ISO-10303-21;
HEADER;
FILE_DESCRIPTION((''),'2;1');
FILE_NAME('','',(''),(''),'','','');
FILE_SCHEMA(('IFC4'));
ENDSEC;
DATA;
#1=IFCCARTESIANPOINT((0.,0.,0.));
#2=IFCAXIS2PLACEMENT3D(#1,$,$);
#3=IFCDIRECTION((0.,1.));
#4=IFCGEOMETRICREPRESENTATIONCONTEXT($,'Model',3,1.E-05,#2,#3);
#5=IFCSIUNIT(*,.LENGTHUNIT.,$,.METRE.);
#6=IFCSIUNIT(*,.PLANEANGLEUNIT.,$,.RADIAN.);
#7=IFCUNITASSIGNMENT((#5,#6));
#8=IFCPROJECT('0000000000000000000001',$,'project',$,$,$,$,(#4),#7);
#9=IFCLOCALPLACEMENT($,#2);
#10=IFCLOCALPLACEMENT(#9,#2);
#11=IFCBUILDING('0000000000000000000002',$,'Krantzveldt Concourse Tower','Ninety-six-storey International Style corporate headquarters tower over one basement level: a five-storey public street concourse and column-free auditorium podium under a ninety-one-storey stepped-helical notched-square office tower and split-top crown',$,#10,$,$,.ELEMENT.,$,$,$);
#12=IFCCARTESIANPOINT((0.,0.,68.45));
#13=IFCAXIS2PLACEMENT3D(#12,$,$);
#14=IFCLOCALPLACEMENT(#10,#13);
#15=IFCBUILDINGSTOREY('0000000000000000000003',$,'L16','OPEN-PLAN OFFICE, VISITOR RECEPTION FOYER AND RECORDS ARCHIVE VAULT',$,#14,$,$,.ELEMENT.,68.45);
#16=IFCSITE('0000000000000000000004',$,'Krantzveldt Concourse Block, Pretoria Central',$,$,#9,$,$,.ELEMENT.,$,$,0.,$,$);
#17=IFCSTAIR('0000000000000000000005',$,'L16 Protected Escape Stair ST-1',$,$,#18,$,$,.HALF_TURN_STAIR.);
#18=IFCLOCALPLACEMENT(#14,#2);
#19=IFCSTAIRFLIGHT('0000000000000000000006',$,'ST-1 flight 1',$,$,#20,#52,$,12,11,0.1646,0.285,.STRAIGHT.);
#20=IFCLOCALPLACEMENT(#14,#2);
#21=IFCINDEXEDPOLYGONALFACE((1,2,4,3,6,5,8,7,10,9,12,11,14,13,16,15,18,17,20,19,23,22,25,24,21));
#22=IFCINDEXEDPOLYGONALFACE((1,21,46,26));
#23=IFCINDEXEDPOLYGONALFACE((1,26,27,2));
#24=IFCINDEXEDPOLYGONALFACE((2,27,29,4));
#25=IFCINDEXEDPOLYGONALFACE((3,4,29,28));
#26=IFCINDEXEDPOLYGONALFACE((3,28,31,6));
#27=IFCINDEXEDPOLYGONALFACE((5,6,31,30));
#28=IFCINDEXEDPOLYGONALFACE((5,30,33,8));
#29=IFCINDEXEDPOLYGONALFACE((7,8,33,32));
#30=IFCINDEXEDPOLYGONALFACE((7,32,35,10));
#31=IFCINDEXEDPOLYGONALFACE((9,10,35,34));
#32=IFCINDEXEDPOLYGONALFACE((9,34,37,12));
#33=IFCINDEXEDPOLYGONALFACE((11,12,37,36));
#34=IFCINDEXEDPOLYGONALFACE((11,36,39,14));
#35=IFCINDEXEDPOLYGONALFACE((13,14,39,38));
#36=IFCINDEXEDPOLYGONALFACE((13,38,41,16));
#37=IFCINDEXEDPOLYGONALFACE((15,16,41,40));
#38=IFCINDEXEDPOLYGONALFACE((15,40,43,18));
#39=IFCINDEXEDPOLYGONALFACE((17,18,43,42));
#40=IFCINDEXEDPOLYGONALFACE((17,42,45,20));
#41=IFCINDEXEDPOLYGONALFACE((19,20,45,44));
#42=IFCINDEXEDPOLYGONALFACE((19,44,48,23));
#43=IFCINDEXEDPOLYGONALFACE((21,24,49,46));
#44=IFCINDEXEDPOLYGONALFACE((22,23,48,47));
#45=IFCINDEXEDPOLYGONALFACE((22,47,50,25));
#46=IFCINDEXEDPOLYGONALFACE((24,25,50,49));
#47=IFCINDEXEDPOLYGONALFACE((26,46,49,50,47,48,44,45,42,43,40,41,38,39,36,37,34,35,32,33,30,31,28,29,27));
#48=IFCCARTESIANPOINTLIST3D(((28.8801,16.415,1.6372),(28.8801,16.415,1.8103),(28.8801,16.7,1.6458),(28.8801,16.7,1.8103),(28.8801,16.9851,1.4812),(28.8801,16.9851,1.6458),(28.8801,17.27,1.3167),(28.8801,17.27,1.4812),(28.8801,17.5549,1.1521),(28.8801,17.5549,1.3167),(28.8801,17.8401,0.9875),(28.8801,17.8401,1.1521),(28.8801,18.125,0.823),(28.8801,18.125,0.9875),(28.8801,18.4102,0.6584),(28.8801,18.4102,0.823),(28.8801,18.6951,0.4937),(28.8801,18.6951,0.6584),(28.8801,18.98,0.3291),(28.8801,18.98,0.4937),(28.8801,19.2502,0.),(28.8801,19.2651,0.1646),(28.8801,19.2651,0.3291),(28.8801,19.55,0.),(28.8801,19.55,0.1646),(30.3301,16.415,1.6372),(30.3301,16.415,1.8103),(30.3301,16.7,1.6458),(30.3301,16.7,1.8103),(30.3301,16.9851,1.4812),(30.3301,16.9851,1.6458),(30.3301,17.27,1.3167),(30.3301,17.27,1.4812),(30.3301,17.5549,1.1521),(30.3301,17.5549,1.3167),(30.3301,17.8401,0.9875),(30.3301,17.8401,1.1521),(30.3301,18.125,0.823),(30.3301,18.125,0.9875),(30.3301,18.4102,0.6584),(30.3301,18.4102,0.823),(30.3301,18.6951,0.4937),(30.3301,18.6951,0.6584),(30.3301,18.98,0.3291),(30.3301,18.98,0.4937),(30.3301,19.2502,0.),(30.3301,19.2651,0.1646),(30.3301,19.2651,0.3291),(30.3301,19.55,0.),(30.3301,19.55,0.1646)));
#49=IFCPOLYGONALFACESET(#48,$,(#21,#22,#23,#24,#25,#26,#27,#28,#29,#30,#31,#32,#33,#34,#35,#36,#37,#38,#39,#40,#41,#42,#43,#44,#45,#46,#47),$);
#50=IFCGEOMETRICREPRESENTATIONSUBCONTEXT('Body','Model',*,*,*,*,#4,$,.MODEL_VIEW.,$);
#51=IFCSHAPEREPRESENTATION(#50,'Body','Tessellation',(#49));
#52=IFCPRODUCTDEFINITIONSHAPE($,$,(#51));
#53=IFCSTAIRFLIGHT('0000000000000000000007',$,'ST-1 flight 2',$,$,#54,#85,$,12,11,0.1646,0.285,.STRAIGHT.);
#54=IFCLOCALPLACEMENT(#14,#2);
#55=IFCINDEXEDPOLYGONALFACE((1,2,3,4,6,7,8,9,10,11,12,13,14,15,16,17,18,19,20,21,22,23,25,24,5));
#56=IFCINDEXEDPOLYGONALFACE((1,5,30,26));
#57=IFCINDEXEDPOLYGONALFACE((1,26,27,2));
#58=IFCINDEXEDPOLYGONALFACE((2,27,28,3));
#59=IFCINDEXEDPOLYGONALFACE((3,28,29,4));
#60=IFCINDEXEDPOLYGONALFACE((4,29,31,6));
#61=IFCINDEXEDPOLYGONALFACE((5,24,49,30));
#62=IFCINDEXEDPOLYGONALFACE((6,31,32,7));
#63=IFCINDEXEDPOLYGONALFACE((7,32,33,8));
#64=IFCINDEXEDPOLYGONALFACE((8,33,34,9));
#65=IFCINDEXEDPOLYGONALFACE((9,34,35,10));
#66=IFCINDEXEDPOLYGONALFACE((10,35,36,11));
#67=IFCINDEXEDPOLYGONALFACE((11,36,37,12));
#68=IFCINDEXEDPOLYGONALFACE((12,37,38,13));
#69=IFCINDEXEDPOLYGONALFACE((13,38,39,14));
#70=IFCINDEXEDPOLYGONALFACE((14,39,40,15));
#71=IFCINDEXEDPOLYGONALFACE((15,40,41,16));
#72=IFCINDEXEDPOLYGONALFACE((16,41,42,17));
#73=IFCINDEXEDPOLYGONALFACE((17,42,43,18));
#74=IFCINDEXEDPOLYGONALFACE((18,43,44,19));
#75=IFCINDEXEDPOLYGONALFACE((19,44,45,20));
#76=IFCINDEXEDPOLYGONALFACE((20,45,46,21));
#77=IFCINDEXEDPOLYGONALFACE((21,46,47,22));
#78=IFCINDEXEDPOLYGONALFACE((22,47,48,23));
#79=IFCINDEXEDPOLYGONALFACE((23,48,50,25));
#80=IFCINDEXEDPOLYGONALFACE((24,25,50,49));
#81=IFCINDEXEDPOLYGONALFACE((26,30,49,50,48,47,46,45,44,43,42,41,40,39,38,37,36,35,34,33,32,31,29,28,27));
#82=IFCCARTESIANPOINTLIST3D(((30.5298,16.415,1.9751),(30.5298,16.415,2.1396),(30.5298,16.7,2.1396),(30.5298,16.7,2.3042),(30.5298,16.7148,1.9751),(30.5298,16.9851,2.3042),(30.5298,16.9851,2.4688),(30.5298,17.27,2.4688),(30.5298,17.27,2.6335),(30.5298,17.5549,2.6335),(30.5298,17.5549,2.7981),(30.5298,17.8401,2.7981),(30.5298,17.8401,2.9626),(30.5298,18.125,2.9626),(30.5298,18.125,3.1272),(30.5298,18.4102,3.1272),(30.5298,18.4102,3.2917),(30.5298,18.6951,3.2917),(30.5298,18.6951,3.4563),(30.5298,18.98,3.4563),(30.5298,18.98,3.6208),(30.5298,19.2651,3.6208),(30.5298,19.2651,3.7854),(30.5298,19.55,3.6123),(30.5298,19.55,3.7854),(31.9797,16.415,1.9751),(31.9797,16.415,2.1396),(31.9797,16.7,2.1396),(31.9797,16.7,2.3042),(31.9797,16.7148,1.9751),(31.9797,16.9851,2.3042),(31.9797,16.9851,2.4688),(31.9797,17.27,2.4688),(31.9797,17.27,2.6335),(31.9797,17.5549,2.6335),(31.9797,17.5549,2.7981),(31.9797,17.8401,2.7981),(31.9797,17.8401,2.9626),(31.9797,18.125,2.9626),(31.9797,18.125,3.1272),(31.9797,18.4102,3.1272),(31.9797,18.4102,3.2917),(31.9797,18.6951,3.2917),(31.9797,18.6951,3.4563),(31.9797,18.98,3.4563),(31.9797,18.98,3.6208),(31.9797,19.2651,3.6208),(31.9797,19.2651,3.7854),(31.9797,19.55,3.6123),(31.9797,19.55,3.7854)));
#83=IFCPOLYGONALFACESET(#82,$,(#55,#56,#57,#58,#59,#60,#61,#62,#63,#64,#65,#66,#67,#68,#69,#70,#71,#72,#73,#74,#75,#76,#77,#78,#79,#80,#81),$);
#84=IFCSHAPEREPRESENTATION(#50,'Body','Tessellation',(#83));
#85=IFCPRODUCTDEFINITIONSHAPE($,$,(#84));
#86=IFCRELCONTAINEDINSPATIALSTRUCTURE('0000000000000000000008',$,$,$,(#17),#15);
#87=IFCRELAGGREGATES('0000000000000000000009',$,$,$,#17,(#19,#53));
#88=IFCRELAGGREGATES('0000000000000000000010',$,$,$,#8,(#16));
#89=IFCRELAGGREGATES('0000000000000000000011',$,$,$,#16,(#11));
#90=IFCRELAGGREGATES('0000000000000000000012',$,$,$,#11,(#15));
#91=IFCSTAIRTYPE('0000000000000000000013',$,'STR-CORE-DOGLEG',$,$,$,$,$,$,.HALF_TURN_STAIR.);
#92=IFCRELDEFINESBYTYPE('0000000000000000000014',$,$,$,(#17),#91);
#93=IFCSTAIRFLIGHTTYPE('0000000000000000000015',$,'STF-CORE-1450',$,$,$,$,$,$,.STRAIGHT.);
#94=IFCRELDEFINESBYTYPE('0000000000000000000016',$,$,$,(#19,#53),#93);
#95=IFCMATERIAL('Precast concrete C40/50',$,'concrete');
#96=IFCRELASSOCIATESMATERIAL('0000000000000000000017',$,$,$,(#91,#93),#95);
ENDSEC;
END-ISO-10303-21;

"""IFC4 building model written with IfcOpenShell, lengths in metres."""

from ifc_helpers import new_model, si_unit, direction, frame, origin, place, context, subcontext, project, spatial, polyline, outline, extrude, material, type_object, element, aggregate, save


model = new_model("IFC4")

# Units and contexts
model_context = context("Model", 3, precision=1e-05, world=origin(), true_north=direction((0.0, 1.0)))
body_context = subcontext(model_context, "Body", "Model", "MODEL_VIEW")
ifc_project = project(units=[si_unit("LENGTHUNIT", "METRE"), si_unit("PLANEANGLEUNIT", "RADIAN")], contexts=[model_context])

# Site, building, storey
site_placement = place(None, origin())
site = spatial("IfcSite", under=ifc_project, at=site_placement, Name="Krantzveldt Concourse Block, Pretoria Central", CompositionType="ELEMENT", RefElevation=0.0)
building_placement = place(site_placement, origin())
building = spatial("IfcBuilding", under=site, at=building_placement, Name="Krantzveldt Concourse Tower", Description="Ninety-six-storey International Style corporate headquarters tower over one basement level: a five-storey public street concourse and column-free auditorium podium under a ninety-one-storey stepped-helical notched-square office tower and split-top crown", CompositionType="ELEMENT")
storey_placement = place(building_placement, frame((0.0, 0.0, 68.45)))
storey = spatial("IfcBuildingStorey", under=building, at=storey_placement, Name="L16", Description="OPEN-PLAN OFFICE, VISITOR RECEPTION FOYER AND RECORDS ARCHIVE VAULT", CompositionType="ELEMENT", Elevation=68.45)

# Stair, stair flights
ifc_material_1 = material(Name="Precast concrete C40/50", Category="concrete")
stair_type = type_object("IfcStairType", Name="STR-CORE-DOGLEG", PredefinedType="HALF_TURN_STAIR", material=ifc_material_1)
stair_placement = place(storey_placement, origin())
stair = element("IfcStair", 1, at=stair_placement, inside=storey, type_object=stair_type, Name="L16 Protected Escape Stair ST-1", PredefinedType="HALF_TURN_STAIR")
stair_flight_type = type_object("IfcStairFlightType", Name="STF-CORE-1450", PredefinedType="STRAIGHT", material=ifc_material_1)
stair_flight_1_placement = place(storey_placement, frame((29.605, 19.55, 0.0), z_axis=(0.0, 0.0, 1.0), x_axis=(0.0, -1.0, 0.0)))
stair_flight_1 = element("IfcStairFlight", 2, at=stair_flight_1_placement, type_object=stair_flight_type, Name="ST-1 flight 1", NumberOfRisers=12, NumberOfTreads=11, PredefinedType="STRAIGHT", RiserHeight=0.1646, TreadLength=0.285, context=body_context, shape_type="SweptSolid", body=[
    extrude(outline(polyline([(0.0, 0.0), (0.0, 0.1646), (0.2849, 0.1646), (0.2849, 0.3291), (0.5701, 0.3291), (0.5701, 0.4937), (0.855, 0.4937), (0.855, 0.6584), (1.1399, 0.6584), (1.1399, 0.823), (1.425, 0.823), (1.425, 0.9875), (1.71, 0.9875), (1.71, 1.1521), (1.9951, 1.1521), (1.9951, 1.3167), (2.28, 1.3167), (2.28, 1.4812), (2.5649, 1.4812), (2.5649, 1.6458), (2.8501, 1.6458), (2.8501, 1.8103), (3.135, 1.8103), (3.135, 1.9751), (3.135, 1.6372), (0.2998, 0.0), (0.0, 0.0)])), frame((0.0, 0.7251, 0.0), z_axis=(0.0, -1.0, 0.0), x_axis=(1.0, 0.0, 0.0)), (0.0, 0.0, 1.0), 1.45),
])
stair_flight_2_placement = place(storey_placement, frame((31.2549, 16.415, 1.9751), z_axis=(0.0, 0.0, 1.0), x_axis=(0.0, 1.0, 0.0)))
stair_flight_2 = element("IfcStairFlight", 3, at=stair_flight_2_placement, type_object=stair_flight_type, Name="ST-1 flight 2", NumberOfRisers=12, NumberOfTreads=11, PredefinedType="STRAIGHT", RiserHeight=0.1646, TreadLength=0.285, context=body_context, shape_type="SweptSolid", body=[
    extrude(outline(polyline([(0.0, 0.0), (0.0, 0.1646), (0.2849, 0.1646), (0.2849, 0.3291), (0.5701, 0.3291), (0.5701, 0.4937), (0.855, 0.4937), (0.855, 0.6584), (1.1399, 0.6584), (1.1399, 0.823), (1.425, 0.823), (1.425, 0.9875), (1.71, 0.9875), (1.71, 1.1521), (1.9951, 1.1521), (1.9951, 1.3167), (2.28, 1.3167), (2.28, 1.4812), (2.5649, 1.4812), (2.5649, 1.6458), (2.8501, 1.6458), (2.8501, 1.8103), (3.135, 1.8103), (3.135, 1.9751), (3.135, 1.6372), (0.2998, 0.0), (0.0, 0.0)])), frame((0.0, 0.7251, 0.0), z_axis=(0.0, -1.0, 0.0), x_axis=(1.0, 0.0, 0.0)), (0.0, 0.0, 1.0), 1.45),
])
aggregate(stair, [stair_flight_1, stair_flight_2])

save(model, "model.ifc")
